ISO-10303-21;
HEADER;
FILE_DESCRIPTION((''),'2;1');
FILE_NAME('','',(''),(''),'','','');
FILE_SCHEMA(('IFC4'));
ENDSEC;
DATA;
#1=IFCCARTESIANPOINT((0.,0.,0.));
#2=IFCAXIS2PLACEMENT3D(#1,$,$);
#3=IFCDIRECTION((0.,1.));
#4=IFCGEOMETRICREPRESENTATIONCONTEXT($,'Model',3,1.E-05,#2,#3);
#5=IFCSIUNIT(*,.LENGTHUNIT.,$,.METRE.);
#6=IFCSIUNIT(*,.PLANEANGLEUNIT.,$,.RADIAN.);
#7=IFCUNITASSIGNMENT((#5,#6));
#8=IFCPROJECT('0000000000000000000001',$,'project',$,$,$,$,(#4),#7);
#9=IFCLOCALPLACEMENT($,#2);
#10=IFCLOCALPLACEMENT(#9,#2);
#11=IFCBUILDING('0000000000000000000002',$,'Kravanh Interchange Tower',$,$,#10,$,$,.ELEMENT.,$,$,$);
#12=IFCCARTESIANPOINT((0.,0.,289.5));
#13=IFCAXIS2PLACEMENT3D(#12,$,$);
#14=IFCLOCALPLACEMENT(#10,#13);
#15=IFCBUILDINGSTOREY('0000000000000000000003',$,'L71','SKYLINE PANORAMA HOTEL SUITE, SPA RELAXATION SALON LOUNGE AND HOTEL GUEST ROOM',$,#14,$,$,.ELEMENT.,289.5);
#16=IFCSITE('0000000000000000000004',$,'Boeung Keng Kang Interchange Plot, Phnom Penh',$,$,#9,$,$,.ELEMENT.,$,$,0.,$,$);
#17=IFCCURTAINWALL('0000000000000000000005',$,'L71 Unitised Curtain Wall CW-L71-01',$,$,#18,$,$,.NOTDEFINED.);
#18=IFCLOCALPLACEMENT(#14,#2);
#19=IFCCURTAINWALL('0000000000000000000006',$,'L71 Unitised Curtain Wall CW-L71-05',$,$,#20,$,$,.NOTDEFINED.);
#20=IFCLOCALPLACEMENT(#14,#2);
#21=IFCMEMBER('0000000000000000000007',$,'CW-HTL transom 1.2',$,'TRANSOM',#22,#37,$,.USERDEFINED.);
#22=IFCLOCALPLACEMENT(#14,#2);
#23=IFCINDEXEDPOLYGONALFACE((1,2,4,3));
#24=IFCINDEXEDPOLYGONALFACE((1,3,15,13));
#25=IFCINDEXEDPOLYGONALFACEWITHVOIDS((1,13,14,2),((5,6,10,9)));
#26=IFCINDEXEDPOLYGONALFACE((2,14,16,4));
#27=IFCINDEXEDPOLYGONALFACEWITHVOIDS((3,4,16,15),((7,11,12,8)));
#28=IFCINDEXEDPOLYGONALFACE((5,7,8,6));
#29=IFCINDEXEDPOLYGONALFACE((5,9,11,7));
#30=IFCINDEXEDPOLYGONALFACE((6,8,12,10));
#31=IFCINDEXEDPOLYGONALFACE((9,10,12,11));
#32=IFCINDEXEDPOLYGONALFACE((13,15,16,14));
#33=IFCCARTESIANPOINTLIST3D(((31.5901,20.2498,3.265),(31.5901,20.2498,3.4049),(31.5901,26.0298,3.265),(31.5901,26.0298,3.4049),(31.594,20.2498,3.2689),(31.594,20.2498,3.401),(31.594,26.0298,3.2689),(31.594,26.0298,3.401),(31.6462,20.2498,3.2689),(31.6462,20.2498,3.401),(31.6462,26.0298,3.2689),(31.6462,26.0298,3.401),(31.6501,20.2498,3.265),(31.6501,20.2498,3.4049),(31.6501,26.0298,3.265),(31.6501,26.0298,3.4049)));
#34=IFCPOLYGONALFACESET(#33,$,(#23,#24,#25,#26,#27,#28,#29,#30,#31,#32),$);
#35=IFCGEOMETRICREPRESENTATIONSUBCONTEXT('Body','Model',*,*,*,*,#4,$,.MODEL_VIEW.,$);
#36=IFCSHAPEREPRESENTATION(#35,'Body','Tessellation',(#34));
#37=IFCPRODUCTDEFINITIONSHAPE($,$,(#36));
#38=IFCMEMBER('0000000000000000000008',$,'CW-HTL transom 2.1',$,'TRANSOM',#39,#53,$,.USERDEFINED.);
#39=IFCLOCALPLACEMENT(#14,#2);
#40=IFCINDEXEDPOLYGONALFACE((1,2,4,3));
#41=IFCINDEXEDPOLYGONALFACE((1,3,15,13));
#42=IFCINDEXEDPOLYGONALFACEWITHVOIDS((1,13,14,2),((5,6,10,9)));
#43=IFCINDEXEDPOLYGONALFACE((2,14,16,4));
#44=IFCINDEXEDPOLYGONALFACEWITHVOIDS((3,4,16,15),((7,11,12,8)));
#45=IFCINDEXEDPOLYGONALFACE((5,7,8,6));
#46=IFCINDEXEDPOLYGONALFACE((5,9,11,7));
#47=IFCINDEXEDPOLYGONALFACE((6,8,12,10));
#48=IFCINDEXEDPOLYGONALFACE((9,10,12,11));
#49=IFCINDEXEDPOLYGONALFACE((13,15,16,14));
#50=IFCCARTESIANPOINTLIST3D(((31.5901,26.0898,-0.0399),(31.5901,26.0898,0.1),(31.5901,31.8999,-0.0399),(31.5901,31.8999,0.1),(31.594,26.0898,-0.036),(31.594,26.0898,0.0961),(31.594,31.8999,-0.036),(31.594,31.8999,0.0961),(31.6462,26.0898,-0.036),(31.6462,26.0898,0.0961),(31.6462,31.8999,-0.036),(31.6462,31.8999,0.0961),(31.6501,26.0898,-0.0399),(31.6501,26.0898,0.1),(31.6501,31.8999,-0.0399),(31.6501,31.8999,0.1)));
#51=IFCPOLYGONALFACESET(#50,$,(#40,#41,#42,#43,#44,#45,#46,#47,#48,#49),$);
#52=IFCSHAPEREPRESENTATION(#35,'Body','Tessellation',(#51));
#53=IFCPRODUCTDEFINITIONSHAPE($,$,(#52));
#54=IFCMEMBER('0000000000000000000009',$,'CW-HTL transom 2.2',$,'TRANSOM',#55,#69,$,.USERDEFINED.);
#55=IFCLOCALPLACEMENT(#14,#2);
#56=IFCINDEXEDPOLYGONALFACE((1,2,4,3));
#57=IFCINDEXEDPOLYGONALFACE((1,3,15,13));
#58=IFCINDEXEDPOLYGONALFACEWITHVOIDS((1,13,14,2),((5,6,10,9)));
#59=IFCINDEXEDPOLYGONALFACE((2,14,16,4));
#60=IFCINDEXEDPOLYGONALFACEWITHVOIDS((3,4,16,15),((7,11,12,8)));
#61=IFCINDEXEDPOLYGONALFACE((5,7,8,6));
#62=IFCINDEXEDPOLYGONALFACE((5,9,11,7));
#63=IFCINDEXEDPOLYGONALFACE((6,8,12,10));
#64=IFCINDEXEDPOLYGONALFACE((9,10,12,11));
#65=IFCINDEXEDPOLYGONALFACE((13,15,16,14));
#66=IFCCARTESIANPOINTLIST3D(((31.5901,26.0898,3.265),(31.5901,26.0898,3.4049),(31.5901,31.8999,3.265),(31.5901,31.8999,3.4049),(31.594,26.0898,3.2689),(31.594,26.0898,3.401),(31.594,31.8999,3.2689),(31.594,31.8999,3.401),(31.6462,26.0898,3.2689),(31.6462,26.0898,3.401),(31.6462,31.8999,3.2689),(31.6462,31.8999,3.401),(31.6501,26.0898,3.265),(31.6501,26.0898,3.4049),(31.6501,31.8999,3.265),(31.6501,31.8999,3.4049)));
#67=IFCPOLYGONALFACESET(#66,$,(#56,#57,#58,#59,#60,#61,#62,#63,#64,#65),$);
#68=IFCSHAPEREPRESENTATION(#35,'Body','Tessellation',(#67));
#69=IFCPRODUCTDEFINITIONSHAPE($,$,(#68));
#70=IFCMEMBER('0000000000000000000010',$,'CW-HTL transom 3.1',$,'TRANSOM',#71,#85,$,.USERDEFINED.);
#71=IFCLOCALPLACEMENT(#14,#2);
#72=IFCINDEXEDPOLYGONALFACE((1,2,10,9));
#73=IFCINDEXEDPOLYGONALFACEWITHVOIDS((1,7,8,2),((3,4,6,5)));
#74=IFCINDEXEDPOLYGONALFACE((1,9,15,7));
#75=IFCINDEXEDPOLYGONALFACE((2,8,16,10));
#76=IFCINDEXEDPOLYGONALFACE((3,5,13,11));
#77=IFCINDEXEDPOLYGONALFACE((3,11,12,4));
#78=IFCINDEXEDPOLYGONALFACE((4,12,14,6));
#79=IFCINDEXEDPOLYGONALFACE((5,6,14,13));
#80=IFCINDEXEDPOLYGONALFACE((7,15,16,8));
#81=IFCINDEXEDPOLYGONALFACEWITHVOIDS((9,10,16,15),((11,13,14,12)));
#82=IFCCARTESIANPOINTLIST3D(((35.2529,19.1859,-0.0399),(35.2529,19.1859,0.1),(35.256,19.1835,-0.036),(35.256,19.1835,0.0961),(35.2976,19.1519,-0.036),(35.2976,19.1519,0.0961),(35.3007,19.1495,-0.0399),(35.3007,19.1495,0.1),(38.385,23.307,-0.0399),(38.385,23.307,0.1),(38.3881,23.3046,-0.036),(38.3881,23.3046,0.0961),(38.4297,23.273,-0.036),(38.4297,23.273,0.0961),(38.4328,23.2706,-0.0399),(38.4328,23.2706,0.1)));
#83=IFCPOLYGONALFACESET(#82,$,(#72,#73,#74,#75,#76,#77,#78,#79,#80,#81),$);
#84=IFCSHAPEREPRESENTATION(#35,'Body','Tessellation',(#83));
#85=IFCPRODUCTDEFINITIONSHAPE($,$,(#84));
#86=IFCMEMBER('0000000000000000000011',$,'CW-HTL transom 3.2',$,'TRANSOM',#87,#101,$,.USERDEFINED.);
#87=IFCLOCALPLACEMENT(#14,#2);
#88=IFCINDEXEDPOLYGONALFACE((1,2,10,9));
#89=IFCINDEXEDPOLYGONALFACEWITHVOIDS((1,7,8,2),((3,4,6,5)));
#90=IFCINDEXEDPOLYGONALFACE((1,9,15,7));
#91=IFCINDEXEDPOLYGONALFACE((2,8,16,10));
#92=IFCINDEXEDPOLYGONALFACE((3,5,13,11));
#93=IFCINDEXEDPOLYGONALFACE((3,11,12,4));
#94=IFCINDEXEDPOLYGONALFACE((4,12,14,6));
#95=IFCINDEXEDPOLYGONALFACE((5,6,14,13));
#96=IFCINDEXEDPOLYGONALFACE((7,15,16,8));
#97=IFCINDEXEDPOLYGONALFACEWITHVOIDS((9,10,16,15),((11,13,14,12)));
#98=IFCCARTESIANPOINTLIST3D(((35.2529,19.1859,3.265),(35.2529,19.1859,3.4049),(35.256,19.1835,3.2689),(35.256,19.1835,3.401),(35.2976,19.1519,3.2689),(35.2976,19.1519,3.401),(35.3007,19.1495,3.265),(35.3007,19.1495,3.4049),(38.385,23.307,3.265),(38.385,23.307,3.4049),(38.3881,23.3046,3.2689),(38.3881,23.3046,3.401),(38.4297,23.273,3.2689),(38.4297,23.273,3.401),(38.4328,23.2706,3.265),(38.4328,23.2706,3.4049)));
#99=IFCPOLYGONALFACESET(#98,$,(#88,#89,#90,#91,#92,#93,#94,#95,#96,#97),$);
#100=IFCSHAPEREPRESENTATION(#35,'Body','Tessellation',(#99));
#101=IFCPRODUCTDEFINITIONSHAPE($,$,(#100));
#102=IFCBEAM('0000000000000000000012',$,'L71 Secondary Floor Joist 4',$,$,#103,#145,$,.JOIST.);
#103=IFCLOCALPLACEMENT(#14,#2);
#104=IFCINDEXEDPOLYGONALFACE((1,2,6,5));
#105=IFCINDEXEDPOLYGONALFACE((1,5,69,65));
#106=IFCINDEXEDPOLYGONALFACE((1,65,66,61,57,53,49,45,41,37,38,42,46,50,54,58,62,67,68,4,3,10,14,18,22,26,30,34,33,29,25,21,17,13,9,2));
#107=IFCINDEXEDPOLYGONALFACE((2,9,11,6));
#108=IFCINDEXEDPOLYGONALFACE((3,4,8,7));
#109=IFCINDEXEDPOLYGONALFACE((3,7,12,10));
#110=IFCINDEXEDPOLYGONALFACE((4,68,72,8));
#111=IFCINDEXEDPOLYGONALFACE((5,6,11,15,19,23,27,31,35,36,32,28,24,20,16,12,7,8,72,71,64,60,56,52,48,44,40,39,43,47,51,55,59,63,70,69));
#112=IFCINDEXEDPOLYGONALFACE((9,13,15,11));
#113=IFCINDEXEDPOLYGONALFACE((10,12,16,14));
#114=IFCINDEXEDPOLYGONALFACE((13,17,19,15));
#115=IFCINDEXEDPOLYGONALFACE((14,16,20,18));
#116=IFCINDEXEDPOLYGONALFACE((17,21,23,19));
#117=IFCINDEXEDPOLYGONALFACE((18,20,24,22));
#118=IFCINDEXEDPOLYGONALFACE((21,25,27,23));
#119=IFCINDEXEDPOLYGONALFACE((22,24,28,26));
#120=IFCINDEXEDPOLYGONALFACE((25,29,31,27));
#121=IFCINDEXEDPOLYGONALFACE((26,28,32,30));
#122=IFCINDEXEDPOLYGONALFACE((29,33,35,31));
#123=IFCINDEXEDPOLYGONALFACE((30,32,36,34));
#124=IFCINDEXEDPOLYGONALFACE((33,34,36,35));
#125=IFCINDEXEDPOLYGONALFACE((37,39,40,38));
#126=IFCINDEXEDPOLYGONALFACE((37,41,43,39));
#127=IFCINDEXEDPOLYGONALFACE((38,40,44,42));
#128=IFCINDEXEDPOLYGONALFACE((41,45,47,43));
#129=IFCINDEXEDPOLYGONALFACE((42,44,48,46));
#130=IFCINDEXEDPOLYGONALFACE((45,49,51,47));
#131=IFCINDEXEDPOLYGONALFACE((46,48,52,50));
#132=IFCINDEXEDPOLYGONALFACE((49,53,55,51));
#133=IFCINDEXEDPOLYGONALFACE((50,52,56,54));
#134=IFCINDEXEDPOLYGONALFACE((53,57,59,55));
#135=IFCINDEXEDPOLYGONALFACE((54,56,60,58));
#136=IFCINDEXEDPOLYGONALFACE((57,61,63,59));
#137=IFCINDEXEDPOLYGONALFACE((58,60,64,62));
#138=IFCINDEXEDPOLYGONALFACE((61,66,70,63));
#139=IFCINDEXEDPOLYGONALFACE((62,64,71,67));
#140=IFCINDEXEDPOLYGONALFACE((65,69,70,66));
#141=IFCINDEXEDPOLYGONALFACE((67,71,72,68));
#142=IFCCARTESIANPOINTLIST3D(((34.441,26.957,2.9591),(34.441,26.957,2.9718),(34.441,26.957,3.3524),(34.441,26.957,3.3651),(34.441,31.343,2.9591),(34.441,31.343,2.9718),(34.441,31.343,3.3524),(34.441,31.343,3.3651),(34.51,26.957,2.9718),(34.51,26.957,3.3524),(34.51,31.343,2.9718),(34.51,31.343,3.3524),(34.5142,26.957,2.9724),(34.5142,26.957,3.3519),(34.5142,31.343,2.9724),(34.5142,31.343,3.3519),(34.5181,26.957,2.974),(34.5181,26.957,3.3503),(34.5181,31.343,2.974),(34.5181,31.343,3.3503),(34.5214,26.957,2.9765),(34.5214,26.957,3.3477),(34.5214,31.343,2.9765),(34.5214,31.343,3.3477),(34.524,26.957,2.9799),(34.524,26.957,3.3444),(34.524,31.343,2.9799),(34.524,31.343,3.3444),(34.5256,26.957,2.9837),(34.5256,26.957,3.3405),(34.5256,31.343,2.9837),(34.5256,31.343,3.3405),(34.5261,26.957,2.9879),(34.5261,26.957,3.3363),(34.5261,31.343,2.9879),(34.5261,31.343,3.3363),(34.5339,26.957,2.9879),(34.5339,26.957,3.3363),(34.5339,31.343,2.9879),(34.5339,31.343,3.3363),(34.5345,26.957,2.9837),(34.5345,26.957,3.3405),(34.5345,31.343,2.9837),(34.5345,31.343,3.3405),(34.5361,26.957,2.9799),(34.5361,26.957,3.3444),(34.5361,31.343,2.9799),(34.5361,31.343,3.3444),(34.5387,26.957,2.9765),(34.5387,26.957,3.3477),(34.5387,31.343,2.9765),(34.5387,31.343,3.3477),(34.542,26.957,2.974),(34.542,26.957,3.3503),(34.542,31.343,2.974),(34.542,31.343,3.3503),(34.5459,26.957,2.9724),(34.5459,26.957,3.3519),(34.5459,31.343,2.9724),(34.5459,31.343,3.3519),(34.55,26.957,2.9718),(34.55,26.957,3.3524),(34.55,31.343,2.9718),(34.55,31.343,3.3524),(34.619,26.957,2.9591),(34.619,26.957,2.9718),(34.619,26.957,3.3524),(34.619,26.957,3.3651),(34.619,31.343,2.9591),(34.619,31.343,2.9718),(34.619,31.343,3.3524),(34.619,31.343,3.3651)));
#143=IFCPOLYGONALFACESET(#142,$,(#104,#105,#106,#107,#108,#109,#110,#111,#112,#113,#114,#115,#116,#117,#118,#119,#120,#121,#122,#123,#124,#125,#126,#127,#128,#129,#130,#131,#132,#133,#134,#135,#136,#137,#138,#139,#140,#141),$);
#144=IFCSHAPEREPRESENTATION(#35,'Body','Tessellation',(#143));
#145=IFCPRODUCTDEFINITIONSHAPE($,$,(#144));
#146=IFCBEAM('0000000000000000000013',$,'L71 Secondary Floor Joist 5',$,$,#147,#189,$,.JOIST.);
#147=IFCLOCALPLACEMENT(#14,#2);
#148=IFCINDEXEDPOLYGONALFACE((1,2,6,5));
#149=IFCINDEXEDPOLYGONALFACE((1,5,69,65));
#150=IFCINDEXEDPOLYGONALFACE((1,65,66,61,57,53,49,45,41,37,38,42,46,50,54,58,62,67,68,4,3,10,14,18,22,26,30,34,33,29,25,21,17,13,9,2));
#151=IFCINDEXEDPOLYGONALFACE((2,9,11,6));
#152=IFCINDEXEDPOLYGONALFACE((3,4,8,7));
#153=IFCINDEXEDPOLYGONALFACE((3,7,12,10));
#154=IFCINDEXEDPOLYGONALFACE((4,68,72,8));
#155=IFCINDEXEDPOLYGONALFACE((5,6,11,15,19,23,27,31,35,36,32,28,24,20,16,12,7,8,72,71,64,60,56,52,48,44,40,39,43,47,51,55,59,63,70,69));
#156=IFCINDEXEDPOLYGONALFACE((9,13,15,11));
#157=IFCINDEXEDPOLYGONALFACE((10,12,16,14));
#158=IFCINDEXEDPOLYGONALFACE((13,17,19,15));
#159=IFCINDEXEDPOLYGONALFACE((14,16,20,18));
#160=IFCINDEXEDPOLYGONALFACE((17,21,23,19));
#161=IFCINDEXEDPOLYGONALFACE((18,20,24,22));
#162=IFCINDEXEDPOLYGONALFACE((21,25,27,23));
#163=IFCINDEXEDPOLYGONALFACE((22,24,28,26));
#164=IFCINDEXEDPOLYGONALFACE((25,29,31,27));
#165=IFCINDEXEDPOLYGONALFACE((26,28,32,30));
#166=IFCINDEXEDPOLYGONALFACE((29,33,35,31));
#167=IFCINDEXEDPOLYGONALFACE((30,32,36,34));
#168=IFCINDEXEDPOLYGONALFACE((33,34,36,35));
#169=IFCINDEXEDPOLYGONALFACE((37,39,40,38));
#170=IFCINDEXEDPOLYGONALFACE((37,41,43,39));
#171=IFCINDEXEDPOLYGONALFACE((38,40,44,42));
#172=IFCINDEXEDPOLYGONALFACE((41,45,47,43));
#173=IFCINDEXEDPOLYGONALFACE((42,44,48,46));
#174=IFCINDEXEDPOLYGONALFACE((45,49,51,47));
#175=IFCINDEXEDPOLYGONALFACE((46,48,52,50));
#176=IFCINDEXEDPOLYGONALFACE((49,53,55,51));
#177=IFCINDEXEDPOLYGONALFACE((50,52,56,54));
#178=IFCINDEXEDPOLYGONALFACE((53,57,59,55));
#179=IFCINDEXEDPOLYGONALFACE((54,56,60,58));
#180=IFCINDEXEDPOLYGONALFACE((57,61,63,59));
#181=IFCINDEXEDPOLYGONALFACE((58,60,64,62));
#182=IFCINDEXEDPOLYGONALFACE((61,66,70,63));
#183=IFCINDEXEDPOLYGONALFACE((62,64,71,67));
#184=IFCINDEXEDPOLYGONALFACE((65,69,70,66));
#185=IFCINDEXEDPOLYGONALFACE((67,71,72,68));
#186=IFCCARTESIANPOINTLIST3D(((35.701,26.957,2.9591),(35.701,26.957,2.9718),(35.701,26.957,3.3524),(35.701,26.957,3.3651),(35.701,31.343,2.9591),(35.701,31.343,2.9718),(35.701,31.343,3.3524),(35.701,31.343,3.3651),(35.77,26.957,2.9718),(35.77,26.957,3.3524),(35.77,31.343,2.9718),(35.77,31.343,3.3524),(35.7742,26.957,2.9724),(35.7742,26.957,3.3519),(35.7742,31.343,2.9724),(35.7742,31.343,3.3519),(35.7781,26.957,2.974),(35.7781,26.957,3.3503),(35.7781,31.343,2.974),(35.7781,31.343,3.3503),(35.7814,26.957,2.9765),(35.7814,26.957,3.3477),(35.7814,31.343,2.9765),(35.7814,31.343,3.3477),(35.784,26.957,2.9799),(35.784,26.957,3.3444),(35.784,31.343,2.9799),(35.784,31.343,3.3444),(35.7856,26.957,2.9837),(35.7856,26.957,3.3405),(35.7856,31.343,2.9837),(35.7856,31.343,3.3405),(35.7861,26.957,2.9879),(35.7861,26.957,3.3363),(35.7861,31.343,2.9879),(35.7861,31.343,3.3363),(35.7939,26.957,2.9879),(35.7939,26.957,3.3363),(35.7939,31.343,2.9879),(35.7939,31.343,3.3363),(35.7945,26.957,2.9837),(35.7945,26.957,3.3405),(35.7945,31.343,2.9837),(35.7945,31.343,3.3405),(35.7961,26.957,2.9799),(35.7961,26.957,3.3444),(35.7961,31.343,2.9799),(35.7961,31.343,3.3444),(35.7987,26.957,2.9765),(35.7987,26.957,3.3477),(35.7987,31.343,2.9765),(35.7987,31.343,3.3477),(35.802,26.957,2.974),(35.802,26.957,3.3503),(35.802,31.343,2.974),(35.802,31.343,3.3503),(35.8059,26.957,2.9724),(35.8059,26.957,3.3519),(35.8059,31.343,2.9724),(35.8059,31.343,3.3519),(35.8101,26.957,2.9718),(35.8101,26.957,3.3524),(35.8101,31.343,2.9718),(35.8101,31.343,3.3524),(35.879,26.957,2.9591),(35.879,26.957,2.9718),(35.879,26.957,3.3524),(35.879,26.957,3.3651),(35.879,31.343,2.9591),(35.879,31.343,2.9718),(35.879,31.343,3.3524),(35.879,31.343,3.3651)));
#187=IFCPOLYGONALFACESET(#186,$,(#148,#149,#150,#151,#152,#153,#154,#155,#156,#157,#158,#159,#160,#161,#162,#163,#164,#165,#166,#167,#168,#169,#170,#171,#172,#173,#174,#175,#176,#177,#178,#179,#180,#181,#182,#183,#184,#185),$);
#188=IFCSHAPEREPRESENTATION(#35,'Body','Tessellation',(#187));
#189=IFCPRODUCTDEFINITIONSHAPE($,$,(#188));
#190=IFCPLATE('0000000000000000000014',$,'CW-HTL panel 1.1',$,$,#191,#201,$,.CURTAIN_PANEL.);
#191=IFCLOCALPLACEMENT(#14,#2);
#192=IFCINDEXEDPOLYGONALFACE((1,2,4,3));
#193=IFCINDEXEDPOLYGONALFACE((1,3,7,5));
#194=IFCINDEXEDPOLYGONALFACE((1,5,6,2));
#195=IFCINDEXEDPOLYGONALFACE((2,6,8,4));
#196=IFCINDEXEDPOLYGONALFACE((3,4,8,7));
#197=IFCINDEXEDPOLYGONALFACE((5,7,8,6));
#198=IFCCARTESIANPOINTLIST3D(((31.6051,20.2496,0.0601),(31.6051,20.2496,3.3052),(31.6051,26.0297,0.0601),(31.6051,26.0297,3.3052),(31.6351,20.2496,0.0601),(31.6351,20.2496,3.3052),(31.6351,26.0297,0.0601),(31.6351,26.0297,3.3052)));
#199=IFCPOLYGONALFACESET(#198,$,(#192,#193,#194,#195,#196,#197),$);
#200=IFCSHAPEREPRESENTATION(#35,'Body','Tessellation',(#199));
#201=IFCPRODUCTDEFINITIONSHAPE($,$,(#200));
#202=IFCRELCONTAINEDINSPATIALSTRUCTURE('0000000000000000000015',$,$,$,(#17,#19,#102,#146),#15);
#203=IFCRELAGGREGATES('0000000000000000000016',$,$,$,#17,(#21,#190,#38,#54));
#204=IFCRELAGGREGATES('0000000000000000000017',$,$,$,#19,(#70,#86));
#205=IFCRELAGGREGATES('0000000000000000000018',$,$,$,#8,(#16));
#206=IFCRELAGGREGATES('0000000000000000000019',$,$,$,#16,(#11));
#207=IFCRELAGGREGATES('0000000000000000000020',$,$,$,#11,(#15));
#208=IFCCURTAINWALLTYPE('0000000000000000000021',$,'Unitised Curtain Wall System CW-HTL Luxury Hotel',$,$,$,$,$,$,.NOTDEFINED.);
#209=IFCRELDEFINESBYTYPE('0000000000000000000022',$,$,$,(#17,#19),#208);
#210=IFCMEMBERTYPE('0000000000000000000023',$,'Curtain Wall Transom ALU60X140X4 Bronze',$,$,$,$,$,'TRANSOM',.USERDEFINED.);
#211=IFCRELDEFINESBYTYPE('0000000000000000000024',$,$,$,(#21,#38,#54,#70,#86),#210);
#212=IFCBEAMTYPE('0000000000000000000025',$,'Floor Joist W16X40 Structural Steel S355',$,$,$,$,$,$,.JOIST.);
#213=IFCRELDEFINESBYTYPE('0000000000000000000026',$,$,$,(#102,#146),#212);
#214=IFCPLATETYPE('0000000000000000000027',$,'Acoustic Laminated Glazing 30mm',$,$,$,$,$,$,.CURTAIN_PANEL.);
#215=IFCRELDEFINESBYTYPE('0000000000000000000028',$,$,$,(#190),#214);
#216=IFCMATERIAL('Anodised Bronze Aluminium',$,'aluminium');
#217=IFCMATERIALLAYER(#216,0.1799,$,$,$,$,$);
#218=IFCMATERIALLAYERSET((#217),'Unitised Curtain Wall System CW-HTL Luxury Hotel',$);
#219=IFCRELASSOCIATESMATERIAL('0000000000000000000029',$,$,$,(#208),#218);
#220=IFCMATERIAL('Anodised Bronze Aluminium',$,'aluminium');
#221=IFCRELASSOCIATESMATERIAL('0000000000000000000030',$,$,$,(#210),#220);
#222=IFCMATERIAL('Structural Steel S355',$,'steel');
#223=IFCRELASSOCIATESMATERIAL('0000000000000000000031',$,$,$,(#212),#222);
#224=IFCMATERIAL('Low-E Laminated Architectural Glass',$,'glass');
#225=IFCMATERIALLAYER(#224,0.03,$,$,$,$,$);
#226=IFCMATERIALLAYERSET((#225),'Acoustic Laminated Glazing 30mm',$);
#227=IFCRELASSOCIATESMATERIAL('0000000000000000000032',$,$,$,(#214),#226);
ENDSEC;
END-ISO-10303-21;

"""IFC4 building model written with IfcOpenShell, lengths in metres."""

from ifc_helpers import new_model, si_unit, direction, frame, origin, origin_2d, place, context, subcontext, project, spatial, rectangle, hollow_rectangle, i_section, extrude, material, layer, layer_set, material_profile, profile_set, type_object, element, aggregate, save


model = new_model("IFC4")

# Units and contexts
model_context = context("Model", 3, precision=1e-05, world=origin(), true_north=direction((0.0, 1.0)))
body_context = subcontext(model_context, "Body", "Model", "MODEL_VIEW")
ifc_project = project(units=[si_unit("LENGTHUNIT", "METRE"), si_unit("PLANEANGLEUNIT", "RADIAN")], contexts=[model_context])

# Site, building, storey
site_placement = place(None, origin())
site = spatial("IfcSite", under=ifc_project, at=site_placement, Name="Boeung Keng Kang Interchange Plot, Phnom Penh", CompositionType="ELEMENT", RefElevation=0.0)
building_placement = place(site_placement, origin())
building = spatial("IfcBuilding", under=site, at=building_placement, Name="Kravanh Interchange Tower", CompositionType="ELEMENT")
storey_placement = place(building_placement, frame((0.0, 0.0, 289.5)))
storey = spatial("IfcBuildingStorey", under=building, at=storey_placement, Name="L71", Description="SKYLINE PANORAMA HOTEL SUITE, SPA RELAXATION SALON LOUNGE AND HOTEL GUEST ROOM", CompositionType="ELEMENT", Elevation=289.5)

# Curtain walls
ifc_material_1 = material(Name="Anodised Bronze Aluminium", Category="aluminium")
ifc_layer_1 = layer(ifc_material_1, 0.1799)
ifc_layer_set_1 = layer_set([ifc_layer_1], Name="Unitised Curtain Wall System CW-HTL Luxury Hotel")
curtain_wall_type = type_object("IfcCurtainWallType", Name="Unitised Curtain Wall System CW-HTL Luxury Hotel", PredefinedType="NOTDEFINED", material=ifc_layer_set_1)
curtain_wall_1_placement = place(storey_placement, origin())
curtain_wall_1 = element("IfcCurtainWall", 1, at=curtain_wall_1_placement, inside=storey, type_object=curtain_wall_type, Name="L71 Unitised Curtain Wall CW-L71-01", PredefinedType="NOTDEFINED")
curtain_wall_2_placement = place(storey_placement, origin())
curtain_wall_2 = element("IfcCurtainWall", 2, at=curtain_wall_2_placement, inside=storey, type_object=curtain_wall_type, Name="L71 Unitised Curtain Wall CW-L71-05", PredefinedType="NOTDEFINED")

# Members
ifc_material_2 = material(Name="Anodised Bronze Aluminium", Category="aluminium")
ifc_material_profile_1 = material_profile(ifc_material_2, hollow_rectangle(XDim=0.0601, YDim=0.1399, WallThickness=0.0039, at=origin_2d()), Name="ALU60X140X4")
ifc_profile_set_1 = profile_set([ifc_material_profile_1], Name="Anodised Bronze Aluminium")
member_type_1 = type_object("IfcMemberType", Name="Curtain Wall Transom ALU60X140X4 Bronze", ElementType="TRANSOM", PredefinedType="USERDEFINED", material=ifc_profile_set_1)
member_1_placement = place(storey_placement, frame((31.6201, 20.2498, 3.335), z_axis=(0.0, 1.0, 0.0), x_axis=(-1.0, 0.0, 0.0)))
member_1 = element("IfcMember", 3, at=member_1_placement, type_object=member_type_1, Name="CW-HTL transom 1.2", ObjectType="TRANSOM", PredefinedType="USERDEFINED", context=body_context, shape_type="SweptSolid", body=[
    extrude(hollow_rectangle(XDim=0.0601, YDim=0.1399, WallThickness=0.0039, at=origin_2d()), origin(), (0.0, 0.0, 1.0), 5.78),
])
member_2_placement = place(storey_placement, frame((31.6201, 26.0898, 0.03), z_axis=(0.0, 1.0, 0.0), x_axis=(-1.0, 0.0, 0.0)))
member_2 = element("IfcMember", 4, at=member_2_placement, type_object=member_type_1, Name="CW-HTL transom 2.1", ObjectType="TRANSOM", PredefinedType="USERDEFINED", context=body_context, shape_type="SweptSolid", body=[
    extrude(hollow_rectangle(XDim=0.0601, YDim=0.1399, WallThickness=0.0039, at=origin_2d()), origin(), (0.0, 0.0, 1.0), 5.8101),
])
member_3_placement = place(storey_placement, frame((31.6201, 26.0898, 3.335), z_axis=(0.0, 1.0, 0.0), x_axis=(-1.0, 0.0, 0.0)))
member_3 = element("IfcMember", 5, at=member_3_placement, type_object=member_type_1, Name="CW-HTL transom 2.2", ObjectType="TRANSOM", PredefinedType="USERDEFINED", context=body_context, shape_type="SweptSolid", body=[
    extrude(hollow_rectangle(XDim=0.0601, YDim=0.1399, WallThickness=0.0039, at=origin_2d()), origin(), (0.0, 0.0, 1.0), 5.8101),
])
member_4_placement = place(storey_placement, frame((38.4089, 23.2888, 0.03), z_axis=(-0.605089, -0.796158, 0.0), x_axis=(0.796158, -0.605089, 0.0)))
member_4 = element("IfcMember", 6, at=member_4_placement, type_object=member_type_1, Name="CW-HTL transom 3.1", ObjectType="TRANSOM", PredefinedType="USERDEFINED", context=body_context, shape_type="SweptSolid", body=[
    extrude(hollow_rectangle(XDim=0.0601, YDim=0.1399, WallThickness=0.0039, at=origin_2d()), origin(), (0.0, 0.0, 1.0), 5.1763),
])
member_5_placement = place(storey_placement, frame((38.4089, 23.2888, 3.335), z_axis=(-0.605089, -0.796158, 0.0), x_axis=(0.796158, -0.605089, 0.0)))
member_5 = element("IfcMember", 7, at=member_5_placement, type_object=member_type_1, Name="CW-HTL transom 3.2", ObjectType="TRANSOM", PredefinedType="USERDEFINED", context=body_context, shape_type="SweptSolid", body=[
    extrude(hollow_rectangle(XDim=0.0601, YDim=0.1399, WallThickness=0.0039, at=origin_2d()), origin(), (0.0, 0.0, 1.0), 5.1763),
])

# Beams
ifc_material_3 = material(Name="Structural Steel S355", Category="steel")
ifc_material_profile_2 = material_profile(ifc_material_3, i_section(OverallWidth=0.178, OverallDepth=0.406, WebThickness=0.0078, FlangeThickness=0.0127, FilletRadius=0.0161, at=origin_2d()), Name="W16X40")
ifc_profile_set_2 = profile_set([ifc_material_profile_2], Name="Structural Steel S355")
beam_type = type_object("IfcBeamType", Name="Floor Joist W16X40 Structural Steel S355", PredefinedType="JOIST", material=ifc_profile_set_2)
for number, where, z_axis, x_axis, name in (
    (8, (34.53, 26.957, 3.1621), (0.0, 1.0, 0.0), (-1.0, 0.0, 0.0), "L71 Secondary Floor Joist 4"),
    (9, (35.79, 26.957, 3.1621), (0.0, 1.0, 0.0), (-1.0, 0.0, 0.0), "L71 Secondary Floor Joist 5"),
):
    element("IfcBeam", number, at=place(storey_placement, frame(where, z_axis=z_axis, x_axis=x_axis)), inside=storey, type_object=beam_type, Name=name, PredefinedType="JOIST", context=body_context, shape_type="SweptSolid", body=[
        extrude(i_section(OverallWidth=0.178, OverallDepth=0.406, WebThickness=0.0078, FlangeThickness=0.0127, FilletRadius=0.0161, at=origin_2d()), origin(), (0.0, 0.0, 1.0), 4.386),
    ])

# Plate
ifc_material_4 = material(Name="Low-E Laminated Architectural Glass", Category="glass")
ifc_layer_2 = layer(ifc_material_4, 0.03)
ifc_layer_set_2 = layer_set([ifc_layer_2], Name="Acoustic Laminated Glazing 30mm")
plate_type = type_object("IfcPlateType", Name="Acoustic Laminated Glazing 30mm", PredefinedType="CURTAIN_PANEL", material=ifc_layer_set_2)
plate_1_placement = place(storey_placement, frame((31.6201, 23.1396, 0.0601), z_axis=(0.0, 0.0, 1.0), x_axis=(0.0, 1.0, 0.0)))
plate_1 = element("IfcPlate", 10, at=plate_1_placement, type_object=plate_type, Name="CW-HTL panel 1.1", PredefinedType="CURTAIN_PANEL", context=body_context, shape_type="SweptSolid", body=[
    extrude(rectangle(XDim=5.78, YDim=0.03, at=origin_2d()), origin(), (0.0, 0.0, 1.0), 3.2451),
])
aggregate(curtain_wall_1, [member_1, plate_1, member_2, member_3])
aggregate(curtain_wall_2, [member_4, member_5])

save(model, "model.ifc")
